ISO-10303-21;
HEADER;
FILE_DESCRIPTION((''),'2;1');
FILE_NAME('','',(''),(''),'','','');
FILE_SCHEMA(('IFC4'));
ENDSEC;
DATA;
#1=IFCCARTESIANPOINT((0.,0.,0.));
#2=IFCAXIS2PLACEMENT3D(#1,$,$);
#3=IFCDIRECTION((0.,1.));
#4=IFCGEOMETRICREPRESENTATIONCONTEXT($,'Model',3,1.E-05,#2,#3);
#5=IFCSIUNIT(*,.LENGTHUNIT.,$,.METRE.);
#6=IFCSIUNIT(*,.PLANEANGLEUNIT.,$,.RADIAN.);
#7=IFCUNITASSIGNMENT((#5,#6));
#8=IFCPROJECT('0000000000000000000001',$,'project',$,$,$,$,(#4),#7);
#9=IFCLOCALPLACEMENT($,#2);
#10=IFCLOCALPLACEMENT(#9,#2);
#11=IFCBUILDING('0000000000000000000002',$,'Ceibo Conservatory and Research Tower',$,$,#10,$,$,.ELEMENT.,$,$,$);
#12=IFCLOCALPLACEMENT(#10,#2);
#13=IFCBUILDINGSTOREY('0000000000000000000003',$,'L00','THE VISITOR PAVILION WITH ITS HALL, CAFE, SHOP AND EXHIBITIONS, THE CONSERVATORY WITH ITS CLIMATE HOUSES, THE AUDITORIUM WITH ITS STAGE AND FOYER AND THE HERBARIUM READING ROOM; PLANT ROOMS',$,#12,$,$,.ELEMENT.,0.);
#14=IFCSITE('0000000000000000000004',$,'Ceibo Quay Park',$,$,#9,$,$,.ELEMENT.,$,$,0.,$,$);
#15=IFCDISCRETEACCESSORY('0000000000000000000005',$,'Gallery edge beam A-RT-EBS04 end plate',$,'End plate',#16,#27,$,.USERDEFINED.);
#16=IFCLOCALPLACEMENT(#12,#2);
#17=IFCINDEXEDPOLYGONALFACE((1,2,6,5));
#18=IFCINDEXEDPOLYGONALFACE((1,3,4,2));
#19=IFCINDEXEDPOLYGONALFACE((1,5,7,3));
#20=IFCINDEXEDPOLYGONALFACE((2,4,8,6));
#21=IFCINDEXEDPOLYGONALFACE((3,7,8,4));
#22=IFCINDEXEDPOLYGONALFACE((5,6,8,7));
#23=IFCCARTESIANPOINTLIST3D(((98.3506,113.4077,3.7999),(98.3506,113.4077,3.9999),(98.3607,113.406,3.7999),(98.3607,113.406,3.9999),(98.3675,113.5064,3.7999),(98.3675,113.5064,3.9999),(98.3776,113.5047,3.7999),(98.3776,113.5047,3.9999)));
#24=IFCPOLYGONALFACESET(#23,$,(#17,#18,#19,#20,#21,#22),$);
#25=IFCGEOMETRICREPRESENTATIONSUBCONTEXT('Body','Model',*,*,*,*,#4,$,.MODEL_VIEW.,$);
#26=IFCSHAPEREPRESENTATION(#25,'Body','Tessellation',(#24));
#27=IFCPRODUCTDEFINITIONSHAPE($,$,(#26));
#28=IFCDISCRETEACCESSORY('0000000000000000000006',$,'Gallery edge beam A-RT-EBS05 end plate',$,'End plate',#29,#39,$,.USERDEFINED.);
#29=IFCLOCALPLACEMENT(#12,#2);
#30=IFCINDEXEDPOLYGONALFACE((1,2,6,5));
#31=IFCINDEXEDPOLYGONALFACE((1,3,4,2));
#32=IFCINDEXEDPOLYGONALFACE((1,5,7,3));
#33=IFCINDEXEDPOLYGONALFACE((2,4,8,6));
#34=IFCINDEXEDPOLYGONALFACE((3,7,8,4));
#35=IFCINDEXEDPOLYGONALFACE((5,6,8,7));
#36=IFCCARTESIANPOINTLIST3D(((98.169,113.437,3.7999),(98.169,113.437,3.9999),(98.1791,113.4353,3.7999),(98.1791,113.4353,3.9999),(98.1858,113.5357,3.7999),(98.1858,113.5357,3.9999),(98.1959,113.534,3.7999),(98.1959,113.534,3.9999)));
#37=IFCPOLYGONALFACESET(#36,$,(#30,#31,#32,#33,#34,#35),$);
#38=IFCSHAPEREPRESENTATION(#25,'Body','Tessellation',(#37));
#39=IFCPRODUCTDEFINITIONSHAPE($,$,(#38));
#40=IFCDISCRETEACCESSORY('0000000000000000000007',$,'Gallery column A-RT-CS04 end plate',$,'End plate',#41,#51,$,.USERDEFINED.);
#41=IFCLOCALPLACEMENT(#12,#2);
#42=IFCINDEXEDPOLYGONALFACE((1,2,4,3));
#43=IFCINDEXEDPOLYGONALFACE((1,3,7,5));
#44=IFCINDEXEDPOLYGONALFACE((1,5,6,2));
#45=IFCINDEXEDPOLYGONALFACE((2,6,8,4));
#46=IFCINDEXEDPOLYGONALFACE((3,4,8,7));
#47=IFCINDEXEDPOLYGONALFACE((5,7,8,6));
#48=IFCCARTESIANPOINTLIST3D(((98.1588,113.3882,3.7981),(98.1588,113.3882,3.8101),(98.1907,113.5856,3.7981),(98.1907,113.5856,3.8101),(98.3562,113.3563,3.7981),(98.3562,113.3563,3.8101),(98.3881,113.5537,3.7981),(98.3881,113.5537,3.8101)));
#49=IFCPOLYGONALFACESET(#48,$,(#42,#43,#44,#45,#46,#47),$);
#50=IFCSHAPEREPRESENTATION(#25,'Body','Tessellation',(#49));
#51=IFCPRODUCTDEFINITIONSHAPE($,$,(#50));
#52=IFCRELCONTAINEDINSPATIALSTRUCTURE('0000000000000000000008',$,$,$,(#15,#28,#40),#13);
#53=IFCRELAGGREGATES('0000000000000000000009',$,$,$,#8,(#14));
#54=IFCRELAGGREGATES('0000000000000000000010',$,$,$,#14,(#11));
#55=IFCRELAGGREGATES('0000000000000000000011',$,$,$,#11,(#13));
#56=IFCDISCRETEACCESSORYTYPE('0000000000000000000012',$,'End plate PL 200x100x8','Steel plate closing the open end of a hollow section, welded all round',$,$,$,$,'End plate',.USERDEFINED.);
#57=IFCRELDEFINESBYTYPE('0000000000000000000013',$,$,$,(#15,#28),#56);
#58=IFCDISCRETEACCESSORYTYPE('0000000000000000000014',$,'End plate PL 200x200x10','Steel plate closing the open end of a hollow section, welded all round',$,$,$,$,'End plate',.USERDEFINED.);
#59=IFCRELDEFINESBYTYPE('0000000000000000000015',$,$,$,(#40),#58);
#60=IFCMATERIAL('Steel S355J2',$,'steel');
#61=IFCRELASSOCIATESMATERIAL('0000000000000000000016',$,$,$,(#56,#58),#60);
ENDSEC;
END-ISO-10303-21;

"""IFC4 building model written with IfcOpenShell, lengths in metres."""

from ifc_helpers import new_model, si_unit, direction, frame, origin, origin_2d, place, context, subcontext, project, spatial, rectangle, extrude, material, material_profile, profile_set, type_object, element, save


model = new_model("IFC4")

# Units and contexts
model_context = context("Model", 3, precision=1e-05, world=origin(), true_north=direction((0.0, 1.0)))
body_context = subcontext(model_context, "Body", "Model", "MODEL_VIEW")
ifc_project = project(units=[si_unit("LENGTHUNIT", "METRE"), si_unit("PLANEANGLEUNIT", "RADIAN")], contexts=[model_context])

# Site, building, storey
site_placement = place(None, origin())
site = spatial("IfcSite", under=ifc_project, at=site_placement, Name="Ceibo Quay Park", CompositionType="ELEMENT", RefElevation=0.0)
building_placement = place(site_placement, origin())
building = spatial("IfcBuilding", under=site, at=building_placement, Name="Ceibo Conservatory and Research Tower", CompositionType="ELEMENT")
storey_placement = place(building_placement, origin())
storey = spatial("IfcBuildingStorey", under=building, at=storey_placement, Name="L00", Description="THE VISITOR PAVILION WITH ITS HALL, CAFE, SHOP AND EXHIBITIONS, THE CONSERVATORY WITH ITS CLIMATE HOUSES, THE AUDITORIUM WITH ITS STAGE AND FOYER AND THE HERBARIUM READING ROOM; PLANT ROOMS", CompositionType="ELEMENT", Elevation=0.0)

# Discrete accessories
ifc_material_1 = material(Name="Steel S355J2", Category="steel")
ifc_material_profile_1 = material_profile(ifc_material_1, rectangle(XDim=0.1001, YDim=0.2, at=origin_2d()), Name="End plate PL 200x100x8")
ifc_profile_set_1 = profile_set([ifc_material_profile_1], Name="Steel S355J2")
discrete_accessory_type_1 = type_object("IfcDiscreteAccessoryType", Name="End plate PL 200x100x8", Description="Steel plate closing the open end of a hollow section, welded all round", ElementType="End plate", PredefinedType="USERDEFINED", material=ifc_profile_set_1)
for number, where, z_axis, x_axis, name in (
    (1, (98.3691, 113.4553, 3.8999), (-0.985736, 0.168296, 0.0), (-0.168296, -0.985736, 0.0), "Gallery edge beam A-RT-EBS04 end plate"),
    (2, (98.1875, 113.4846, 3.8999), (-0.985736, 0.168296, 0.0), (-0.168296, -0.985736, 0.0), "Gallery edge beam A-RT-EBS05 end plate"),
):
    element("IfcDiscreteAccessory", number, at=place(storey_placement, frame(where, z_axis=z_axis, x_axis=x_axis)), inside=storey, type_object=discrete_accessory_type_1, Name=name, ObjectType="End plate", PredefinedType="USERDEFINED", context=body_context, shape_type="SweptSolid", body=[
        extrude(rectangle(XDim=0.1001, YDim=0.2, at=origin_2d()), origin(), (0.0, 0.0, 1.0), 0.0103),
    ])
ifc_material_profile_2 = material_profile(ifc_material_1, rectangle(XDim=0.2, YDim=0.2, at=origin_2d()), Name="End plate PL 200x200x10")
ifc_profile_set_2 = profile_set([ifc_material_profile_2], Name="Steel S355J2")
discrete_accessory_type_2 = type_object("IfcDiscreteAccessoryType", Name="End plate PL 200x200x10", Description="Steel plate closing the open end of a hollow section, welded all round", ElementType="End plate", PredefinedType="USERDEFINED", material=ifc_profile_set_2)
discrete_accessory_placement = place(storey_placement, frame((98.2734, 113.4709, 3.7981), z_axis=(0.0, 0.0, 1.0), x_axis=(-0.987216, 0.159391, 0.0)))
element("IfcDiscreteAccessory", 3, at=discrete_accessory_placement, inside=storey, type_object=discrete_accessory_type_2, Name="Gallery column A-RT-CS04 end plate", ObjectType="End plate", PredefinedType="USERDEFINED", context=body_context, shape_type="SweptSolid", body=[
    extrude(rectangle(XDim=0.2, YDim=0.2, at=origin_2d()), origin(), (0.0, 0.0, 1.0), 0.012),
])

save(model, "model.ifc")
